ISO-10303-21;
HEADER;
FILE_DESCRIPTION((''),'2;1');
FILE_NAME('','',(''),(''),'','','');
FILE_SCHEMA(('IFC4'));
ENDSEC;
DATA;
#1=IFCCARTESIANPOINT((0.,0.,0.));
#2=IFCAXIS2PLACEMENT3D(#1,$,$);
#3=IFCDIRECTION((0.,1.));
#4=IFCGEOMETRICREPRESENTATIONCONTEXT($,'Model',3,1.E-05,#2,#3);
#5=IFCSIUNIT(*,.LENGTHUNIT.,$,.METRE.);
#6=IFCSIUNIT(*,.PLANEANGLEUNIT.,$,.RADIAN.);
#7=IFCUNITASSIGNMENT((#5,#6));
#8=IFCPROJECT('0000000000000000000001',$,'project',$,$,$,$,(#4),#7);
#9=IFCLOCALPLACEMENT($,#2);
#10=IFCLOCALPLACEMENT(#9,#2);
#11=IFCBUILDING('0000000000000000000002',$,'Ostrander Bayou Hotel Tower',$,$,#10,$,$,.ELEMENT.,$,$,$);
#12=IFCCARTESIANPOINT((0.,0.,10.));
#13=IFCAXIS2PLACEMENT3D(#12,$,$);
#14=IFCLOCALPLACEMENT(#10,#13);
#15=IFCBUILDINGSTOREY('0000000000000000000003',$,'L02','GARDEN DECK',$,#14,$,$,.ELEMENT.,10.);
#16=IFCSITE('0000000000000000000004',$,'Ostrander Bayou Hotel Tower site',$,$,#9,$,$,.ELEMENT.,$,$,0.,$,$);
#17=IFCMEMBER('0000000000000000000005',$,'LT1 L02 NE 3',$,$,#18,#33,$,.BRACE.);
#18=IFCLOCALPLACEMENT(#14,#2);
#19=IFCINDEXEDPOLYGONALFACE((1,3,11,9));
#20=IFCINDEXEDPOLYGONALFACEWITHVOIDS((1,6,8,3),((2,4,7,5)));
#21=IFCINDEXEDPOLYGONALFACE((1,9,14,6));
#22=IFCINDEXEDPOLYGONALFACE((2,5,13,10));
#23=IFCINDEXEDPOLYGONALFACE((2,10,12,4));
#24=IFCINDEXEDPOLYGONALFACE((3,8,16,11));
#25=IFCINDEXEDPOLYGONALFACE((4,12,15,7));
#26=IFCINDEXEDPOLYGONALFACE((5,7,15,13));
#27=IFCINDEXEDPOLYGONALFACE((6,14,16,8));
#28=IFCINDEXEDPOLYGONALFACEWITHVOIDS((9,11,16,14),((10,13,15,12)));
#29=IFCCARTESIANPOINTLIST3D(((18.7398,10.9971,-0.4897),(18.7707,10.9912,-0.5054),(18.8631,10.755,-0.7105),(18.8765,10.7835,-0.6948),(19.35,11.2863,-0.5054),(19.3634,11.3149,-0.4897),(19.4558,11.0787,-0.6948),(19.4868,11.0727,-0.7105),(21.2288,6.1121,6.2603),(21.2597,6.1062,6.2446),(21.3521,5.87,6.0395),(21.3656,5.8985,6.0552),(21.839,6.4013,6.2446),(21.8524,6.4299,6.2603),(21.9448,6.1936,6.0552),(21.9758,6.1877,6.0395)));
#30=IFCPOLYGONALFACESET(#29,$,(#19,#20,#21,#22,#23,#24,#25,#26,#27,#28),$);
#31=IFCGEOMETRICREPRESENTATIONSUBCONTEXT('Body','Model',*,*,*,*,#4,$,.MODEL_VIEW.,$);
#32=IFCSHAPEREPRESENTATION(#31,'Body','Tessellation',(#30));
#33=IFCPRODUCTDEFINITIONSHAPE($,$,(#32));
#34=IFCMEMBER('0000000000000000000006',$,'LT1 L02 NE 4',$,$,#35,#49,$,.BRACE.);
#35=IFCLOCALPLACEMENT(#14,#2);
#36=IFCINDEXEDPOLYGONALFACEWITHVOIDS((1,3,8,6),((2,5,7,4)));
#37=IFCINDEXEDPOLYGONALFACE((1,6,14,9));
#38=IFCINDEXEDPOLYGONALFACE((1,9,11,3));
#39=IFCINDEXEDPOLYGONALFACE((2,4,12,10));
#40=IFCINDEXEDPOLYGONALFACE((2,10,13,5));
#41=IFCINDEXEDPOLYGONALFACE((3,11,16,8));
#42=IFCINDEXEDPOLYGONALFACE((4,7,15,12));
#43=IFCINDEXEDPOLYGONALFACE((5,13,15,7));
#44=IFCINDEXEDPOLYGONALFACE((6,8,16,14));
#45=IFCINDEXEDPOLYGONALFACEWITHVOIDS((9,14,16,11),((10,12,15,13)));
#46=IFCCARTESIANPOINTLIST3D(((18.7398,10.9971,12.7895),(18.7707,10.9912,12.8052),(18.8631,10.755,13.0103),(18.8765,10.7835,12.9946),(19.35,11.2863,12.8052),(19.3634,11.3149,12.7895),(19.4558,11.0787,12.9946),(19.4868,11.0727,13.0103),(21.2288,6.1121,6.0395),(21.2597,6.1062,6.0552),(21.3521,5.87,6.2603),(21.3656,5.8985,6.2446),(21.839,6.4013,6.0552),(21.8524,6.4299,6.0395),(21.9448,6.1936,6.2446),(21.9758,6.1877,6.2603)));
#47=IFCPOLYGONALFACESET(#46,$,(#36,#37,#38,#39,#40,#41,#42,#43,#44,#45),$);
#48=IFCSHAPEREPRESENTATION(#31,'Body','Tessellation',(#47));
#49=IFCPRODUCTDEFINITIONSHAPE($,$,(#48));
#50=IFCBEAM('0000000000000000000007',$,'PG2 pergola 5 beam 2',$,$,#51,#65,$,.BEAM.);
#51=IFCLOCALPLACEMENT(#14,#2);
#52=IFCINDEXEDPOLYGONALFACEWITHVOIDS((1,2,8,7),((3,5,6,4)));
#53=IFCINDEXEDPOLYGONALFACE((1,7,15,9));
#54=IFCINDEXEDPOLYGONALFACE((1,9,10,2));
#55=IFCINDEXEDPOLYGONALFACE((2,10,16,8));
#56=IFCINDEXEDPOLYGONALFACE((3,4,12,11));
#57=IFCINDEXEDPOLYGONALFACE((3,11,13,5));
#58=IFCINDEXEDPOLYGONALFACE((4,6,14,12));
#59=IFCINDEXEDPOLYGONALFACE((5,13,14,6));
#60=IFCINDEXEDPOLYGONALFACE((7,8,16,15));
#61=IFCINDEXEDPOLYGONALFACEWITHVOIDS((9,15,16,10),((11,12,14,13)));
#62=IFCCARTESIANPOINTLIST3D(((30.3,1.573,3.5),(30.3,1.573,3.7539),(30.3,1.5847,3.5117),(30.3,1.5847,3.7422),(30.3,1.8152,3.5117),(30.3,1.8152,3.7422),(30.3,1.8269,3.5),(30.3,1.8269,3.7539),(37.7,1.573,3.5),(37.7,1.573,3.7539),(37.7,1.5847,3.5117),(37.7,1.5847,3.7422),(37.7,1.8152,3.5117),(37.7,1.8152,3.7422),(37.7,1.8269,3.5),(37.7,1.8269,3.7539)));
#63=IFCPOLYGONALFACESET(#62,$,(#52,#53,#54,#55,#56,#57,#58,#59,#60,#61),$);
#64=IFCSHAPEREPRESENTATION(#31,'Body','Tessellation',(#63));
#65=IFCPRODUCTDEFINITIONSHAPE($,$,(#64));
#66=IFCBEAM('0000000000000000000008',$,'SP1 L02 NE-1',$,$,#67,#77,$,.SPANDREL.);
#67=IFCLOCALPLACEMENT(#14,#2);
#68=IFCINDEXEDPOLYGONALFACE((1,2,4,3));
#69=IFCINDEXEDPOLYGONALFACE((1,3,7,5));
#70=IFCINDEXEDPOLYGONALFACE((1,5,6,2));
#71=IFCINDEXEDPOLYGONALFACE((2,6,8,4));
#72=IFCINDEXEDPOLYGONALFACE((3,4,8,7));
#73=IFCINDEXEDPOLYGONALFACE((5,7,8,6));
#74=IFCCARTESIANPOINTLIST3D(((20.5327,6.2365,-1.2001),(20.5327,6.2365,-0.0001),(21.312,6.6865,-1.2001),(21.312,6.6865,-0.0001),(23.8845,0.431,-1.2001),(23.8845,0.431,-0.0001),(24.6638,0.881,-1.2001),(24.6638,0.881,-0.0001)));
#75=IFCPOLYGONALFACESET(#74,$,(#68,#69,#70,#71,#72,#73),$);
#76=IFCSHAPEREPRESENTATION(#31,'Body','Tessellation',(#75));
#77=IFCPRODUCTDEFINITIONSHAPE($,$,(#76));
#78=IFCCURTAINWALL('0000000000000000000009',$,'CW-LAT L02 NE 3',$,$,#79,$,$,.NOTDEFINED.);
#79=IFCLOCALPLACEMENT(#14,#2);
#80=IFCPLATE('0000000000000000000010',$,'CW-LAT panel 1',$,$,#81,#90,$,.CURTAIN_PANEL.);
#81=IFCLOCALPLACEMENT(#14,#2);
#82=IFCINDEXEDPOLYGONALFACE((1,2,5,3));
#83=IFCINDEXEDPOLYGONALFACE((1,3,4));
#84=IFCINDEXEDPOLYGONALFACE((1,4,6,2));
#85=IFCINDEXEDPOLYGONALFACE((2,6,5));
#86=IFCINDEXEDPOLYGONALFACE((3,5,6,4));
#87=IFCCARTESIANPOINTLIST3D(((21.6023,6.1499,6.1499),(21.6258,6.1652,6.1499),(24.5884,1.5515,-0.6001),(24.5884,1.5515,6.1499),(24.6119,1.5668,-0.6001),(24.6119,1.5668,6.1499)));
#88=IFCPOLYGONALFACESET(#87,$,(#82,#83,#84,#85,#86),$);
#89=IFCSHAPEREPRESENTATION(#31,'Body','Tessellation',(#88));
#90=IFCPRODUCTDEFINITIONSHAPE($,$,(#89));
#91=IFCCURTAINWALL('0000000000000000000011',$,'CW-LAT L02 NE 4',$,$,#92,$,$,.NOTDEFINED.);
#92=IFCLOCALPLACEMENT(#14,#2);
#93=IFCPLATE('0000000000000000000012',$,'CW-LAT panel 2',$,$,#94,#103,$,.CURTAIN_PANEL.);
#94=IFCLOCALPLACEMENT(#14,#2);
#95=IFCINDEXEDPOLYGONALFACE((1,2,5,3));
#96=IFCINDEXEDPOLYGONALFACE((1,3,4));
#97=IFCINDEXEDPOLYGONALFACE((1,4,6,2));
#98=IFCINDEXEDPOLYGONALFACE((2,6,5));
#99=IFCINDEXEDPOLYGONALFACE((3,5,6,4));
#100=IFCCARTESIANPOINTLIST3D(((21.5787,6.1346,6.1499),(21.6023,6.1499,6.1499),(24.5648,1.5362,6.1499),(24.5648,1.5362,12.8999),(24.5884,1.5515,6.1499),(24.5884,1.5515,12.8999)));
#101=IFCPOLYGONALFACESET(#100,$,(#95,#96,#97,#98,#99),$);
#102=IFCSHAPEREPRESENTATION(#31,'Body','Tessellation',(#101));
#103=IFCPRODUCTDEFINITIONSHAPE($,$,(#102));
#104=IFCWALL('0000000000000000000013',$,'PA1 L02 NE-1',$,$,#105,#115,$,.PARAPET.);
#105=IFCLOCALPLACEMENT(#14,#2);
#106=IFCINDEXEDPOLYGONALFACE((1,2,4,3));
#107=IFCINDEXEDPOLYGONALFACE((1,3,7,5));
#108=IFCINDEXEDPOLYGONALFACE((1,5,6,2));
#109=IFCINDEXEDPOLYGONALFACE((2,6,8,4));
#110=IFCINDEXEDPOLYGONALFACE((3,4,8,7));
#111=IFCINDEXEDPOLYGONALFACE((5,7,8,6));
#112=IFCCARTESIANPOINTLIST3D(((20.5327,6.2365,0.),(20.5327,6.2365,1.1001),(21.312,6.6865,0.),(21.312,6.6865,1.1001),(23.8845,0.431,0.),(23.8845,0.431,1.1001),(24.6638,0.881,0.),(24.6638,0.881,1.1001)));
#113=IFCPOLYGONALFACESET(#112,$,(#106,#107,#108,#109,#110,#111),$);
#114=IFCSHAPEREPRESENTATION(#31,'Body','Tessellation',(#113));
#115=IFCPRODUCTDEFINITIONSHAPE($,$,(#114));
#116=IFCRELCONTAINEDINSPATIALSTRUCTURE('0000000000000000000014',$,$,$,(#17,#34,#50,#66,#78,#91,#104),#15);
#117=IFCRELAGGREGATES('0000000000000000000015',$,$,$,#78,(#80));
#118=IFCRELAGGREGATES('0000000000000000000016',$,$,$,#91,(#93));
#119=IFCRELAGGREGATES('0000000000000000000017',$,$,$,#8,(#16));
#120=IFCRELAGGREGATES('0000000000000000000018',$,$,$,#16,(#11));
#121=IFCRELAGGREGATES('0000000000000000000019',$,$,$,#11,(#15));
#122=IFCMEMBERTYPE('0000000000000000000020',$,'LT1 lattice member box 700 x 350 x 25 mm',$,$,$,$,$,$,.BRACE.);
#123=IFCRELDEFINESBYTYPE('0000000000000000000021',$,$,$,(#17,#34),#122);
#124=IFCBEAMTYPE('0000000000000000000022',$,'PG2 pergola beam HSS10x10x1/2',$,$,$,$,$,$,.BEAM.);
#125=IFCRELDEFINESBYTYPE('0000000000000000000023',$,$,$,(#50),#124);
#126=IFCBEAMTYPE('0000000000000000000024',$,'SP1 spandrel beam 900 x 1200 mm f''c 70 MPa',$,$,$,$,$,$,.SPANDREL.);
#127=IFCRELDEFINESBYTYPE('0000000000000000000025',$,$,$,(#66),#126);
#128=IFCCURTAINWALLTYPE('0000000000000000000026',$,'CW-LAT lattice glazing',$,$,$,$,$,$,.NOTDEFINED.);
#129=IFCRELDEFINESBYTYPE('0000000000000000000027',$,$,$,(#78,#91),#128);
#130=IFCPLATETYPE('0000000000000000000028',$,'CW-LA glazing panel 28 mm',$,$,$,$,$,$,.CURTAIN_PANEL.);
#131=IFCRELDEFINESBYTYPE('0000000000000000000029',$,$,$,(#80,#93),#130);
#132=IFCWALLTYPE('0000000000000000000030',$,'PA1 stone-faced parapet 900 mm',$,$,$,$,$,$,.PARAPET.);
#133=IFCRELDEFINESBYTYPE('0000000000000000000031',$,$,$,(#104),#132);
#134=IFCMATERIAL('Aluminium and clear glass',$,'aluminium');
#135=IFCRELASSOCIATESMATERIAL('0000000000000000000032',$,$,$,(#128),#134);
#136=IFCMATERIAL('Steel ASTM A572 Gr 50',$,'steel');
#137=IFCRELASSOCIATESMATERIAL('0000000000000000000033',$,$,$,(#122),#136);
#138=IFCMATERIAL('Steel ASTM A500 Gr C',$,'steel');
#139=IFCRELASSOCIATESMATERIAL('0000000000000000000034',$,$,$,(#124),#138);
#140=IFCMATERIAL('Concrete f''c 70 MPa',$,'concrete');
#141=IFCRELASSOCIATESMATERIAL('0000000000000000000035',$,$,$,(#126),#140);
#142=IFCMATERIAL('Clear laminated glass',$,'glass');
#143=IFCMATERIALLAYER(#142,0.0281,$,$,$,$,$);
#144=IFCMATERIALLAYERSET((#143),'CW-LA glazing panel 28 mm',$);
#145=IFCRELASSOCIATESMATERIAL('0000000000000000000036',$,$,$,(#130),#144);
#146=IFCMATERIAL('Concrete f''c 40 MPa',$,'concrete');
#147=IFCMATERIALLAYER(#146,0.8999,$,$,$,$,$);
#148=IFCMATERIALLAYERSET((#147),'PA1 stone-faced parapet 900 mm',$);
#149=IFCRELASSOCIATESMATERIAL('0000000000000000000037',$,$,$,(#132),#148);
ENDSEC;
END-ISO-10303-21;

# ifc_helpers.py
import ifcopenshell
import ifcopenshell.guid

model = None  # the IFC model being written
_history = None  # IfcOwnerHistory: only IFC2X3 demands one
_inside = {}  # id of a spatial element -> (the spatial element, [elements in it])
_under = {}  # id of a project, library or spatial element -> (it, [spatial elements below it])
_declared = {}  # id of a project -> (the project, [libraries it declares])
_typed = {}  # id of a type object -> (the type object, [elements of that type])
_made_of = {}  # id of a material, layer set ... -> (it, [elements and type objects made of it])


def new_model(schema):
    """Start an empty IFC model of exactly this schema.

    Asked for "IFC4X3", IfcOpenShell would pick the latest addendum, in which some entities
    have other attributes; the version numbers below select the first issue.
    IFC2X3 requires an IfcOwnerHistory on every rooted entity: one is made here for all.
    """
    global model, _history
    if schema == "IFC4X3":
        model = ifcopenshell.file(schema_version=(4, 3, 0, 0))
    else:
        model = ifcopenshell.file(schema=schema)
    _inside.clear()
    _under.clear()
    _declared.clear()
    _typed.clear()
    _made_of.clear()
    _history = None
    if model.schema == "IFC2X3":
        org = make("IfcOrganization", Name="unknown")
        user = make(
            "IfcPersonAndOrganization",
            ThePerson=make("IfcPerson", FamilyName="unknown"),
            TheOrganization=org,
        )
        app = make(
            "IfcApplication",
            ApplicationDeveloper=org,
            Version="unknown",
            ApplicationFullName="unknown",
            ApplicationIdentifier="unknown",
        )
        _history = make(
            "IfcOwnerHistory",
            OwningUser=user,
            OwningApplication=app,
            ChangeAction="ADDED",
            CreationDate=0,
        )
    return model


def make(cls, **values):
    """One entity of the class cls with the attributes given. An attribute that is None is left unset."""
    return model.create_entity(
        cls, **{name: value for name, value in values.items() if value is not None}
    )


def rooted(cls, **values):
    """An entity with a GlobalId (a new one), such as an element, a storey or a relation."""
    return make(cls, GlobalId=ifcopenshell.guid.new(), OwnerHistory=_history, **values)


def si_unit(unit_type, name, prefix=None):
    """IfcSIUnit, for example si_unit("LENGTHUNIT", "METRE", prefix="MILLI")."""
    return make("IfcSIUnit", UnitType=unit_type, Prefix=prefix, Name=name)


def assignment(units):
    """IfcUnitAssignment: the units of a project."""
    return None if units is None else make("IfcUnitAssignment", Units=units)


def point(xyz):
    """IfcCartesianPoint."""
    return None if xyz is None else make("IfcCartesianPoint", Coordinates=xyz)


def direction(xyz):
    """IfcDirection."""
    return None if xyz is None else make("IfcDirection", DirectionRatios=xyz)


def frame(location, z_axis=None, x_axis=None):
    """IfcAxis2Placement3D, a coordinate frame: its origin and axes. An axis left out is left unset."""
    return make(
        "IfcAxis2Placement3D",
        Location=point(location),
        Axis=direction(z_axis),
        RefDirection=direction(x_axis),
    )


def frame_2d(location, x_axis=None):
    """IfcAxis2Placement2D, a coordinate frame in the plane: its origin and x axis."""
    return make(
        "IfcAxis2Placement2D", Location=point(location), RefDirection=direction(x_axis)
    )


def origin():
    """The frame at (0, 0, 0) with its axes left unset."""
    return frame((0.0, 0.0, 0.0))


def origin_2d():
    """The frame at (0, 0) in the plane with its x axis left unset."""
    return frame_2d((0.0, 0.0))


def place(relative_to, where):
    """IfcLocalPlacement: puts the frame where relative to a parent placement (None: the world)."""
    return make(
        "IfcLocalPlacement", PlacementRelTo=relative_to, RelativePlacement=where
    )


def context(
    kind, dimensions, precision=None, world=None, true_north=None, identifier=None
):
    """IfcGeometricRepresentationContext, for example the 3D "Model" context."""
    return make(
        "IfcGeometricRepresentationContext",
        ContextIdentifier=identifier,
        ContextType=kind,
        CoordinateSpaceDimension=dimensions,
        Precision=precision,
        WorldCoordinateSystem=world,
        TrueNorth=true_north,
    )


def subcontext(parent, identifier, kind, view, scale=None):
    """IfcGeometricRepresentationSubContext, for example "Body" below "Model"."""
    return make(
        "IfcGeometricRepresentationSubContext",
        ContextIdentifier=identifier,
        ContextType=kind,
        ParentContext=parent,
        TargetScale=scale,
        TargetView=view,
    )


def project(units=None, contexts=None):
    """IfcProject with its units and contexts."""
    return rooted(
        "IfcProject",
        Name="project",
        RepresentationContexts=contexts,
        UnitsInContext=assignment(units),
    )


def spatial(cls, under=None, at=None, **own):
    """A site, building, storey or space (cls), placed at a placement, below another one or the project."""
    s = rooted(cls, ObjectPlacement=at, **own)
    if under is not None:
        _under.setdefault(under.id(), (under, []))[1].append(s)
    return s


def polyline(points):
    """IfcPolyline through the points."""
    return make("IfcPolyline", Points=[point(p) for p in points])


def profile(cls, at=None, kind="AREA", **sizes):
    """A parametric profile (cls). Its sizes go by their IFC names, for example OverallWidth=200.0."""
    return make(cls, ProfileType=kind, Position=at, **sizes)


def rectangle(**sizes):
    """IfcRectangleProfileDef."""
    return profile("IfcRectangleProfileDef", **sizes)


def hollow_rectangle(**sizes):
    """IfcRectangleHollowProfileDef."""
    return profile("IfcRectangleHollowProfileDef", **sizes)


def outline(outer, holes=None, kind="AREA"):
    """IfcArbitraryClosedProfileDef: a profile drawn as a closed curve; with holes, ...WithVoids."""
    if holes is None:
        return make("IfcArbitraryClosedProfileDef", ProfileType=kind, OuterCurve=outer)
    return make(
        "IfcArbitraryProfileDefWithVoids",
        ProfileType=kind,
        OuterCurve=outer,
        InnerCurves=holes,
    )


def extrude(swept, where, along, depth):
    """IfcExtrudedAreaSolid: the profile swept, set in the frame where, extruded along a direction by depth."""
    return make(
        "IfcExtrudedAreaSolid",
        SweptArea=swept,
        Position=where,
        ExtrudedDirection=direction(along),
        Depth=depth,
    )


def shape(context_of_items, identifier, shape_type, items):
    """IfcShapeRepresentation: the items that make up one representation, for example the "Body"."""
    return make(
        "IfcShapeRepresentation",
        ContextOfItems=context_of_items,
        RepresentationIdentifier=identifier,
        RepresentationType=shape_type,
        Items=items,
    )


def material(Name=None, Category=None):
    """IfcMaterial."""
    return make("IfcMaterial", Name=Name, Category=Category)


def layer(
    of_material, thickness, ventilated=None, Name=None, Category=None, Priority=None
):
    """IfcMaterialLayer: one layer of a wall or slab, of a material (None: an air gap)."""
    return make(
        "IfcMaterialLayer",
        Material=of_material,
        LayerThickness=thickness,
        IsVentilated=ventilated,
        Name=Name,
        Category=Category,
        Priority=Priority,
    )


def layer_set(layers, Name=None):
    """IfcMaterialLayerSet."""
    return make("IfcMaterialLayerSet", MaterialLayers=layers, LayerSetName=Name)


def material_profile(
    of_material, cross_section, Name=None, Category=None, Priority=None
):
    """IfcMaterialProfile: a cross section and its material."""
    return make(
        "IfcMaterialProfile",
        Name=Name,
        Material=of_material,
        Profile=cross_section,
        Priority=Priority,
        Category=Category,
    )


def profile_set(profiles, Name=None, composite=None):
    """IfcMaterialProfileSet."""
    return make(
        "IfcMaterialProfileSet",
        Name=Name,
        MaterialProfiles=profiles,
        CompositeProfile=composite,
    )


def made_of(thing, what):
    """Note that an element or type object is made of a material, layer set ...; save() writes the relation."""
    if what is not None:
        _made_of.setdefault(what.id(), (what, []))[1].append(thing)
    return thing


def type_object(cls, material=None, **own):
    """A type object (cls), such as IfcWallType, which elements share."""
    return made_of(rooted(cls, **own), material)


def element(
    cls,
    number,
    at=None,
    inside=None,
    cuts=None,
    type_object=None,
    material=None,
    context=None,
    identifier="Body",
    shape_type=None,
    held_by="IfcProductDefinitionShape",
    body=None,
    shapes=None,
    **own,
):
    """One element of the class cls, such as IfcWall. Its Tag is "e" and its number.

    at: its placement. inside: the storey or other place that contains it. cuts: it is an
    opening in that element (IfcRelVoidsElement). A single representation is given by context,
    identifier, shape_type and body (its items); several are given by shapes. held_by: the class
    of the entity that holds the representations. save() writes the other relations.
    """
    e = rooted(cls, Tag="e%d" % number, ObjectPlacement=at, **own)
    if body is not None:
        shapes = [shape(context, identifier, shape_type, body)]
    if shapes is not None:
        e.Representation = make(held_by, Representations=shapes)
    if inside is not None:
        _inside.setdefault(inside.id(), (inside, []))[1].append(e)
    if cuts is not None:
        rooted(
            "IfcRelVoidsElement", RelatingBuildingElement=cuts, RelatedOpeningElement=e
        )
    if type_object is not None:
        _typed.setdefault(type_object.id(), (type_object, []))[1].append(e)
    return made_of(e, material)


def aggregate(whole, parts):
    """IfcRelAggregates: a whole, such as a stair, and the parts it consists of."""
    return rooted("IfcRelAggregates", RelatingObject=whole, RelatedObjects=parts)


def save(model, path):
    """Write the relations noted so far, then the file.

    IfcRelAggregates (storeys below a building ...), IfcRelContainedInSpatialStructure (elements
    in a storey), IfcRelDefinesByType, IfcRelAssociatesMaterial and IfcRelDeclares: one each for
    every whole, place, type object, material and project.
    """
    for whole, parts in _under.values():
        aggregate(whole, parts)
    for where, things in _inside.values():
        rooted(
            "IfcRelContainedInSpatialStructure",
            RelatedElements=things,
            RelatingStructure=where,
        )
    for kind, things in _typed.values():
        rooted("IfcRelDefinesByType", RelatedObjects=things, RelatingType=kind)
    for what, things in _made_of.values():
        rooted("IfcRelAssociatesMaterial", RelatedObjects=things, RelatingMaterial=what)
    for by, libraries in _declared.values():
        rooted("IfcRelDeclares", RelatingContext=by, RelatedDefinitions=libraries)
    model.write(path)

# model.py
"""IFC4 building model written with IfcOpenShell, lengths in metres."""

from ifc_helpers import new_model, si_unit, direction, frame, frame_2d, origin, origin_2d, place, context, subcontext, project, spatial, polyline, rectangle, hollow_rectangle, outline, extrude, material, layer, layer_set, material_profile, profile_set, type_object, element, aggregate, save


model = new_model("IFC4")

# Units and contexts
model_context = context("Model", 3, precision=1e-05, world=origin(), true_north=direction((0.0, 1.0)))
body_context = subcontext(model_context, "Body", "Model", "MODEL_VIEW")
ifc_project = project(units=[si_unit("LENGTHUNIT", "METRE"), si_unit("PLANEANGLEUNIT", "RADIAN")], contexts=[model_context])

# Site, building, storey
site_placement = place(None, origin())
site = spatial("IfcSite", under=ifc_project, at=site_placement, Name="Ostrander Bayou Hotel Tower site", CompositionType="ELEMENT", RefElevation=0.0)
building_placement = place(site_placement, origin())
building = spatial("IfcBuilding", under=site, at=building_placement, Name="Ostrander Bayou Hotel Tower", CompositionType="ELEMENT")
storey_placement = place(building_placement, frame((0.0, 0.0, 10.0)))
storey = spatial("IfcBuildingStorey", under=building, at=storey_placement, Name="L02", Description="GARDEN DECK", CompositionType="ELEMENT", Elevation=10.0)

# Shared definitions
ifc_material_1 = material(Name="Aluminium and clear glass", Category="aluminium")
curtain_wall_type = type_object("IfcCurtainWallType", Name="CW-LAT lattice glazing", PredefinedType="NOTDEFINED", material=ifc_material_1)

# Members
ifc_material_2 = material(Name="Steel ASTM A572 Gr 50", Category="steel")
ifc_material_profile_1 = material_profile(ifc_material_2, hollow_rectangle(XDim=0.7, YDim=0.3501, WallThickness=0.0249, at=origin_2d()))
ifc_profile_set_1 = profile_set([ifc_material_profile_1], Name="Steel ASTM A572 Gr 50")
member_type_1 = type_object("IfcMemberType", Name="LT1 lattice member box 700 x 350 x 25 mm", PredefinedType="BRACE", material=ifc_profile_set_1)
for number, where, z_axis, x_axis, name in (
    (1, (21.6023, 6.1499, 6.1499), (-0.286224, 0.561751, -0.776216), (-0.891008, -0.453987, 0.0), "LT1 L02 NE 3"),
    (2, (21.6023, 6.1499, 6.1499), (-0.286224, 0.561751, 0.776216), (-0.891008, -0.453987, 0.0), "LT1 L02 NE 4"),
):
    element("IfcMember", number, at=place(storey_placement, frame(where, z_axis=z_axis, x_axis=x_axis)), inside=storey, type_object=member_type_1, Name=name, PredefinedType="BRACE", context=body_context, shape_type="SweptSolid", body=[
        extrude(hollow_rectangle(XDim=0.7, YDim=0.3501, WallThickness=0.0249, at=origin_2d()), origin(), (0.0, 0.0, 1.0), 8.696),
    ])

# Beams
ifc_material_3 = material(Name="Steel ASTM A500 Gr C", Category="steel")
ifc_material_profile_2 = material_profile(ifc_material_3, hollow_rectangle(XDim=0.2539, YDim=0.2539, WallThickness=0.0117, at=origin_2d()))
ifc_profile_set_2 = profile_set([ifc_material_profile_2], Name="Steel ASTM A500 Gr C")
beam_type_1 = type_object("IfcBeamType", Name="PG2 pergola beam HSS10x10x1/2", PredefinedType="BEAM", material=ifc_profile_set_2)
beam_1_placement = place(storey_placement, frame((30.3, 1.7, 3.627), z_axis=(1.0, 0.0, 0.0), x_axis=(0.0, 1.0, 0.0)))
element("IfcBeam", 3, at=beam_1_placement, inside=storey, type_object=beam_type_1, Name="PG2 pergola 5 beam 2", PredefinedType="BEAM", context=body_context, shape_type="SweptSolid", body=[
    extrude(hollow_rectangle(XDim=0.2539, YDim=0.2539, WallThickness=0.0117, at=origin_2d()), origin(), (0.0, 0.0, 1.0), 7.3999),
])
ifc_material_4 = material(Name="Concrete f'c 70 MPa", Category="concrete")
ifc_material_profile_3 = material_profile(ifc_material_4, rectangle(XDim=0.8999, YDim=1.2, at=origin_2d()))
ifc_profile_set_3 = profile_set([ifc_material_profile_3], Name="Concrete f'c 70 MPa")
beam_type_2 = type_object("IfcBeamType", Name="SP1 spandrel beam 900 x 1200 mm f'c 70 MPa", PredefinedType="SPANDREL", material=ifc_profile_set_3)
beam_2_placement = place(storey_placement, frame((24.2742, 0.656, -0.6001), z_axis=(-0.500005, 0.866022, 0.0), x_axis=(-0.866022, -0.500005, 0.0)))
element("IfcBeam", 4, at=beam_2_placement, inside=storey, type_object=beam_type_2, Name="SP1 L02 NE-1", PredefinedType="SPANDREL", context=body_context, shape_type="SweptSolid", body=[
    extrude(rectangle(XDim=0.8999, YDim=1.2, at=origin_2d()), origin(), (0.0, 0.0, 1.0), 6.7036),
])

# Curtain walls, plates
curtain_wall_1_placement = place(storey_placement, origin())
curtain_wall_1 = element("IfcCurtainWall", 5, at=curtain_wall_1_placement, inside=storey, type_object=curtain_wall_type, Name="CW-LAT L02 NE 3", PredefinedType="NOTDEFINED")
ifc_material_5 = material(Name="Clear laminated glass", Category="glass")
ifc_layer_1 = layer(ifc_material_5, 0.0281)
ifc_layer_set_1 = layer_set([ifc_layer_1], Name="CW-LA glazing panel 28 mm")
plate_type = type_object("IfcPlateType", Name="CW-LA glazing panel 28 mm", PredefinedType="CURTAIN_PANEL", material=ifc_layer_set_1)
plate_1_placement = place(storey_placement, frame((21.6023, 6.1499, 6.1499), z_axis=(-0.838683, -0.54462, 0.0), x_axis=(0.343377, -0.52878, -0.776199)))
plate_1 = element("IfcPlate", 6, at=plate_1_placement, type_object=plate_type, Name="CW-LAT panel 1", PredefinedType="CURTAIN_PANEL", context=body_context, shape_type="SweptSolid", body=[
    extrude(outline(polyline([(0.0, 0.0), (8.6962, 0.0), (3.4569, 4.2558), (0.0, 0.0)])), origin(), (0.0, 0.0, -1.0), 0.0281),
])
aggregate(curtain_wall_1, [plate_1])
curtain_wall_2_placement = place(storey_placement, origin())
curtain_wall_2 = element("IfcCurtainWall", 7, at=curtain_wall_2_placement, inside=storey, type_object=curtain_wall_type, Name="CW-LAT L02 NE 4", PredefinedType="NOTDEFINED")
plate_2_placement = place(storey_placement, frame((21.6023, 6.1499, 6.1499), z_axis=(0.838683, 0.54462, 0.0), x_axis=(0.343377, -0.52878, 0.776199)))
plate_2 = element("IfcPlate", 8, at=plate_2_placement, type_object=plate_type, Name="CW-LAT panel 2", PredefinedType="CURTAIN_PANEL", context=body_context, shape_type="SweptSolid", body=[
    extrude(outline(polyline([(0.0, 0.0), (8.6962, 0.0), (3.4569, 4.2558), (0.0, 0.0)])), origin(), (0.0, 0.0, -1.0), 0.0281),
])
aggregate(curtain_wall_2, [plate_2])

# Wall
ifc_material_6 = material(Name="Concrete f'c 40 MPa", Category="concrete")
ifc_layer_2 = layer(ifc_material_6, 0.8999)
ifc_layer_set_2 = layer_set([ifc_layer_2], Name="PA1 stone-faced parapet 900 mm")
wall_type_1 = type_object("IfcWallType", Name="PA1 stone-faced parapet 900 mm", PredefinedType="PARAPET", material=ifc_layer_set_2)
wall_1_placement = place(storey_placement, frame((24.2742, 0.656, 0.0), z_axis=(0.0, 0.0, 1.0), x_axis=(-0.500005, 0.866022, 0.0)))
element("IfcWall", 9, at=wall_1_placement, inside=storey, type_object=wall_type_1, Name="PA1 L02 NE-1", PredefinedType="PARAPET", context=body_context, shape_type="SweptSolid", body=[
    extrude(rectangle(XDim=6.7036, YDim=0.8999, at=frame_2d((3.3518, 0.0))), origin(), (0.0, 0.0, 1.0), 1.1001),
])

save(model, "model.ifc")
